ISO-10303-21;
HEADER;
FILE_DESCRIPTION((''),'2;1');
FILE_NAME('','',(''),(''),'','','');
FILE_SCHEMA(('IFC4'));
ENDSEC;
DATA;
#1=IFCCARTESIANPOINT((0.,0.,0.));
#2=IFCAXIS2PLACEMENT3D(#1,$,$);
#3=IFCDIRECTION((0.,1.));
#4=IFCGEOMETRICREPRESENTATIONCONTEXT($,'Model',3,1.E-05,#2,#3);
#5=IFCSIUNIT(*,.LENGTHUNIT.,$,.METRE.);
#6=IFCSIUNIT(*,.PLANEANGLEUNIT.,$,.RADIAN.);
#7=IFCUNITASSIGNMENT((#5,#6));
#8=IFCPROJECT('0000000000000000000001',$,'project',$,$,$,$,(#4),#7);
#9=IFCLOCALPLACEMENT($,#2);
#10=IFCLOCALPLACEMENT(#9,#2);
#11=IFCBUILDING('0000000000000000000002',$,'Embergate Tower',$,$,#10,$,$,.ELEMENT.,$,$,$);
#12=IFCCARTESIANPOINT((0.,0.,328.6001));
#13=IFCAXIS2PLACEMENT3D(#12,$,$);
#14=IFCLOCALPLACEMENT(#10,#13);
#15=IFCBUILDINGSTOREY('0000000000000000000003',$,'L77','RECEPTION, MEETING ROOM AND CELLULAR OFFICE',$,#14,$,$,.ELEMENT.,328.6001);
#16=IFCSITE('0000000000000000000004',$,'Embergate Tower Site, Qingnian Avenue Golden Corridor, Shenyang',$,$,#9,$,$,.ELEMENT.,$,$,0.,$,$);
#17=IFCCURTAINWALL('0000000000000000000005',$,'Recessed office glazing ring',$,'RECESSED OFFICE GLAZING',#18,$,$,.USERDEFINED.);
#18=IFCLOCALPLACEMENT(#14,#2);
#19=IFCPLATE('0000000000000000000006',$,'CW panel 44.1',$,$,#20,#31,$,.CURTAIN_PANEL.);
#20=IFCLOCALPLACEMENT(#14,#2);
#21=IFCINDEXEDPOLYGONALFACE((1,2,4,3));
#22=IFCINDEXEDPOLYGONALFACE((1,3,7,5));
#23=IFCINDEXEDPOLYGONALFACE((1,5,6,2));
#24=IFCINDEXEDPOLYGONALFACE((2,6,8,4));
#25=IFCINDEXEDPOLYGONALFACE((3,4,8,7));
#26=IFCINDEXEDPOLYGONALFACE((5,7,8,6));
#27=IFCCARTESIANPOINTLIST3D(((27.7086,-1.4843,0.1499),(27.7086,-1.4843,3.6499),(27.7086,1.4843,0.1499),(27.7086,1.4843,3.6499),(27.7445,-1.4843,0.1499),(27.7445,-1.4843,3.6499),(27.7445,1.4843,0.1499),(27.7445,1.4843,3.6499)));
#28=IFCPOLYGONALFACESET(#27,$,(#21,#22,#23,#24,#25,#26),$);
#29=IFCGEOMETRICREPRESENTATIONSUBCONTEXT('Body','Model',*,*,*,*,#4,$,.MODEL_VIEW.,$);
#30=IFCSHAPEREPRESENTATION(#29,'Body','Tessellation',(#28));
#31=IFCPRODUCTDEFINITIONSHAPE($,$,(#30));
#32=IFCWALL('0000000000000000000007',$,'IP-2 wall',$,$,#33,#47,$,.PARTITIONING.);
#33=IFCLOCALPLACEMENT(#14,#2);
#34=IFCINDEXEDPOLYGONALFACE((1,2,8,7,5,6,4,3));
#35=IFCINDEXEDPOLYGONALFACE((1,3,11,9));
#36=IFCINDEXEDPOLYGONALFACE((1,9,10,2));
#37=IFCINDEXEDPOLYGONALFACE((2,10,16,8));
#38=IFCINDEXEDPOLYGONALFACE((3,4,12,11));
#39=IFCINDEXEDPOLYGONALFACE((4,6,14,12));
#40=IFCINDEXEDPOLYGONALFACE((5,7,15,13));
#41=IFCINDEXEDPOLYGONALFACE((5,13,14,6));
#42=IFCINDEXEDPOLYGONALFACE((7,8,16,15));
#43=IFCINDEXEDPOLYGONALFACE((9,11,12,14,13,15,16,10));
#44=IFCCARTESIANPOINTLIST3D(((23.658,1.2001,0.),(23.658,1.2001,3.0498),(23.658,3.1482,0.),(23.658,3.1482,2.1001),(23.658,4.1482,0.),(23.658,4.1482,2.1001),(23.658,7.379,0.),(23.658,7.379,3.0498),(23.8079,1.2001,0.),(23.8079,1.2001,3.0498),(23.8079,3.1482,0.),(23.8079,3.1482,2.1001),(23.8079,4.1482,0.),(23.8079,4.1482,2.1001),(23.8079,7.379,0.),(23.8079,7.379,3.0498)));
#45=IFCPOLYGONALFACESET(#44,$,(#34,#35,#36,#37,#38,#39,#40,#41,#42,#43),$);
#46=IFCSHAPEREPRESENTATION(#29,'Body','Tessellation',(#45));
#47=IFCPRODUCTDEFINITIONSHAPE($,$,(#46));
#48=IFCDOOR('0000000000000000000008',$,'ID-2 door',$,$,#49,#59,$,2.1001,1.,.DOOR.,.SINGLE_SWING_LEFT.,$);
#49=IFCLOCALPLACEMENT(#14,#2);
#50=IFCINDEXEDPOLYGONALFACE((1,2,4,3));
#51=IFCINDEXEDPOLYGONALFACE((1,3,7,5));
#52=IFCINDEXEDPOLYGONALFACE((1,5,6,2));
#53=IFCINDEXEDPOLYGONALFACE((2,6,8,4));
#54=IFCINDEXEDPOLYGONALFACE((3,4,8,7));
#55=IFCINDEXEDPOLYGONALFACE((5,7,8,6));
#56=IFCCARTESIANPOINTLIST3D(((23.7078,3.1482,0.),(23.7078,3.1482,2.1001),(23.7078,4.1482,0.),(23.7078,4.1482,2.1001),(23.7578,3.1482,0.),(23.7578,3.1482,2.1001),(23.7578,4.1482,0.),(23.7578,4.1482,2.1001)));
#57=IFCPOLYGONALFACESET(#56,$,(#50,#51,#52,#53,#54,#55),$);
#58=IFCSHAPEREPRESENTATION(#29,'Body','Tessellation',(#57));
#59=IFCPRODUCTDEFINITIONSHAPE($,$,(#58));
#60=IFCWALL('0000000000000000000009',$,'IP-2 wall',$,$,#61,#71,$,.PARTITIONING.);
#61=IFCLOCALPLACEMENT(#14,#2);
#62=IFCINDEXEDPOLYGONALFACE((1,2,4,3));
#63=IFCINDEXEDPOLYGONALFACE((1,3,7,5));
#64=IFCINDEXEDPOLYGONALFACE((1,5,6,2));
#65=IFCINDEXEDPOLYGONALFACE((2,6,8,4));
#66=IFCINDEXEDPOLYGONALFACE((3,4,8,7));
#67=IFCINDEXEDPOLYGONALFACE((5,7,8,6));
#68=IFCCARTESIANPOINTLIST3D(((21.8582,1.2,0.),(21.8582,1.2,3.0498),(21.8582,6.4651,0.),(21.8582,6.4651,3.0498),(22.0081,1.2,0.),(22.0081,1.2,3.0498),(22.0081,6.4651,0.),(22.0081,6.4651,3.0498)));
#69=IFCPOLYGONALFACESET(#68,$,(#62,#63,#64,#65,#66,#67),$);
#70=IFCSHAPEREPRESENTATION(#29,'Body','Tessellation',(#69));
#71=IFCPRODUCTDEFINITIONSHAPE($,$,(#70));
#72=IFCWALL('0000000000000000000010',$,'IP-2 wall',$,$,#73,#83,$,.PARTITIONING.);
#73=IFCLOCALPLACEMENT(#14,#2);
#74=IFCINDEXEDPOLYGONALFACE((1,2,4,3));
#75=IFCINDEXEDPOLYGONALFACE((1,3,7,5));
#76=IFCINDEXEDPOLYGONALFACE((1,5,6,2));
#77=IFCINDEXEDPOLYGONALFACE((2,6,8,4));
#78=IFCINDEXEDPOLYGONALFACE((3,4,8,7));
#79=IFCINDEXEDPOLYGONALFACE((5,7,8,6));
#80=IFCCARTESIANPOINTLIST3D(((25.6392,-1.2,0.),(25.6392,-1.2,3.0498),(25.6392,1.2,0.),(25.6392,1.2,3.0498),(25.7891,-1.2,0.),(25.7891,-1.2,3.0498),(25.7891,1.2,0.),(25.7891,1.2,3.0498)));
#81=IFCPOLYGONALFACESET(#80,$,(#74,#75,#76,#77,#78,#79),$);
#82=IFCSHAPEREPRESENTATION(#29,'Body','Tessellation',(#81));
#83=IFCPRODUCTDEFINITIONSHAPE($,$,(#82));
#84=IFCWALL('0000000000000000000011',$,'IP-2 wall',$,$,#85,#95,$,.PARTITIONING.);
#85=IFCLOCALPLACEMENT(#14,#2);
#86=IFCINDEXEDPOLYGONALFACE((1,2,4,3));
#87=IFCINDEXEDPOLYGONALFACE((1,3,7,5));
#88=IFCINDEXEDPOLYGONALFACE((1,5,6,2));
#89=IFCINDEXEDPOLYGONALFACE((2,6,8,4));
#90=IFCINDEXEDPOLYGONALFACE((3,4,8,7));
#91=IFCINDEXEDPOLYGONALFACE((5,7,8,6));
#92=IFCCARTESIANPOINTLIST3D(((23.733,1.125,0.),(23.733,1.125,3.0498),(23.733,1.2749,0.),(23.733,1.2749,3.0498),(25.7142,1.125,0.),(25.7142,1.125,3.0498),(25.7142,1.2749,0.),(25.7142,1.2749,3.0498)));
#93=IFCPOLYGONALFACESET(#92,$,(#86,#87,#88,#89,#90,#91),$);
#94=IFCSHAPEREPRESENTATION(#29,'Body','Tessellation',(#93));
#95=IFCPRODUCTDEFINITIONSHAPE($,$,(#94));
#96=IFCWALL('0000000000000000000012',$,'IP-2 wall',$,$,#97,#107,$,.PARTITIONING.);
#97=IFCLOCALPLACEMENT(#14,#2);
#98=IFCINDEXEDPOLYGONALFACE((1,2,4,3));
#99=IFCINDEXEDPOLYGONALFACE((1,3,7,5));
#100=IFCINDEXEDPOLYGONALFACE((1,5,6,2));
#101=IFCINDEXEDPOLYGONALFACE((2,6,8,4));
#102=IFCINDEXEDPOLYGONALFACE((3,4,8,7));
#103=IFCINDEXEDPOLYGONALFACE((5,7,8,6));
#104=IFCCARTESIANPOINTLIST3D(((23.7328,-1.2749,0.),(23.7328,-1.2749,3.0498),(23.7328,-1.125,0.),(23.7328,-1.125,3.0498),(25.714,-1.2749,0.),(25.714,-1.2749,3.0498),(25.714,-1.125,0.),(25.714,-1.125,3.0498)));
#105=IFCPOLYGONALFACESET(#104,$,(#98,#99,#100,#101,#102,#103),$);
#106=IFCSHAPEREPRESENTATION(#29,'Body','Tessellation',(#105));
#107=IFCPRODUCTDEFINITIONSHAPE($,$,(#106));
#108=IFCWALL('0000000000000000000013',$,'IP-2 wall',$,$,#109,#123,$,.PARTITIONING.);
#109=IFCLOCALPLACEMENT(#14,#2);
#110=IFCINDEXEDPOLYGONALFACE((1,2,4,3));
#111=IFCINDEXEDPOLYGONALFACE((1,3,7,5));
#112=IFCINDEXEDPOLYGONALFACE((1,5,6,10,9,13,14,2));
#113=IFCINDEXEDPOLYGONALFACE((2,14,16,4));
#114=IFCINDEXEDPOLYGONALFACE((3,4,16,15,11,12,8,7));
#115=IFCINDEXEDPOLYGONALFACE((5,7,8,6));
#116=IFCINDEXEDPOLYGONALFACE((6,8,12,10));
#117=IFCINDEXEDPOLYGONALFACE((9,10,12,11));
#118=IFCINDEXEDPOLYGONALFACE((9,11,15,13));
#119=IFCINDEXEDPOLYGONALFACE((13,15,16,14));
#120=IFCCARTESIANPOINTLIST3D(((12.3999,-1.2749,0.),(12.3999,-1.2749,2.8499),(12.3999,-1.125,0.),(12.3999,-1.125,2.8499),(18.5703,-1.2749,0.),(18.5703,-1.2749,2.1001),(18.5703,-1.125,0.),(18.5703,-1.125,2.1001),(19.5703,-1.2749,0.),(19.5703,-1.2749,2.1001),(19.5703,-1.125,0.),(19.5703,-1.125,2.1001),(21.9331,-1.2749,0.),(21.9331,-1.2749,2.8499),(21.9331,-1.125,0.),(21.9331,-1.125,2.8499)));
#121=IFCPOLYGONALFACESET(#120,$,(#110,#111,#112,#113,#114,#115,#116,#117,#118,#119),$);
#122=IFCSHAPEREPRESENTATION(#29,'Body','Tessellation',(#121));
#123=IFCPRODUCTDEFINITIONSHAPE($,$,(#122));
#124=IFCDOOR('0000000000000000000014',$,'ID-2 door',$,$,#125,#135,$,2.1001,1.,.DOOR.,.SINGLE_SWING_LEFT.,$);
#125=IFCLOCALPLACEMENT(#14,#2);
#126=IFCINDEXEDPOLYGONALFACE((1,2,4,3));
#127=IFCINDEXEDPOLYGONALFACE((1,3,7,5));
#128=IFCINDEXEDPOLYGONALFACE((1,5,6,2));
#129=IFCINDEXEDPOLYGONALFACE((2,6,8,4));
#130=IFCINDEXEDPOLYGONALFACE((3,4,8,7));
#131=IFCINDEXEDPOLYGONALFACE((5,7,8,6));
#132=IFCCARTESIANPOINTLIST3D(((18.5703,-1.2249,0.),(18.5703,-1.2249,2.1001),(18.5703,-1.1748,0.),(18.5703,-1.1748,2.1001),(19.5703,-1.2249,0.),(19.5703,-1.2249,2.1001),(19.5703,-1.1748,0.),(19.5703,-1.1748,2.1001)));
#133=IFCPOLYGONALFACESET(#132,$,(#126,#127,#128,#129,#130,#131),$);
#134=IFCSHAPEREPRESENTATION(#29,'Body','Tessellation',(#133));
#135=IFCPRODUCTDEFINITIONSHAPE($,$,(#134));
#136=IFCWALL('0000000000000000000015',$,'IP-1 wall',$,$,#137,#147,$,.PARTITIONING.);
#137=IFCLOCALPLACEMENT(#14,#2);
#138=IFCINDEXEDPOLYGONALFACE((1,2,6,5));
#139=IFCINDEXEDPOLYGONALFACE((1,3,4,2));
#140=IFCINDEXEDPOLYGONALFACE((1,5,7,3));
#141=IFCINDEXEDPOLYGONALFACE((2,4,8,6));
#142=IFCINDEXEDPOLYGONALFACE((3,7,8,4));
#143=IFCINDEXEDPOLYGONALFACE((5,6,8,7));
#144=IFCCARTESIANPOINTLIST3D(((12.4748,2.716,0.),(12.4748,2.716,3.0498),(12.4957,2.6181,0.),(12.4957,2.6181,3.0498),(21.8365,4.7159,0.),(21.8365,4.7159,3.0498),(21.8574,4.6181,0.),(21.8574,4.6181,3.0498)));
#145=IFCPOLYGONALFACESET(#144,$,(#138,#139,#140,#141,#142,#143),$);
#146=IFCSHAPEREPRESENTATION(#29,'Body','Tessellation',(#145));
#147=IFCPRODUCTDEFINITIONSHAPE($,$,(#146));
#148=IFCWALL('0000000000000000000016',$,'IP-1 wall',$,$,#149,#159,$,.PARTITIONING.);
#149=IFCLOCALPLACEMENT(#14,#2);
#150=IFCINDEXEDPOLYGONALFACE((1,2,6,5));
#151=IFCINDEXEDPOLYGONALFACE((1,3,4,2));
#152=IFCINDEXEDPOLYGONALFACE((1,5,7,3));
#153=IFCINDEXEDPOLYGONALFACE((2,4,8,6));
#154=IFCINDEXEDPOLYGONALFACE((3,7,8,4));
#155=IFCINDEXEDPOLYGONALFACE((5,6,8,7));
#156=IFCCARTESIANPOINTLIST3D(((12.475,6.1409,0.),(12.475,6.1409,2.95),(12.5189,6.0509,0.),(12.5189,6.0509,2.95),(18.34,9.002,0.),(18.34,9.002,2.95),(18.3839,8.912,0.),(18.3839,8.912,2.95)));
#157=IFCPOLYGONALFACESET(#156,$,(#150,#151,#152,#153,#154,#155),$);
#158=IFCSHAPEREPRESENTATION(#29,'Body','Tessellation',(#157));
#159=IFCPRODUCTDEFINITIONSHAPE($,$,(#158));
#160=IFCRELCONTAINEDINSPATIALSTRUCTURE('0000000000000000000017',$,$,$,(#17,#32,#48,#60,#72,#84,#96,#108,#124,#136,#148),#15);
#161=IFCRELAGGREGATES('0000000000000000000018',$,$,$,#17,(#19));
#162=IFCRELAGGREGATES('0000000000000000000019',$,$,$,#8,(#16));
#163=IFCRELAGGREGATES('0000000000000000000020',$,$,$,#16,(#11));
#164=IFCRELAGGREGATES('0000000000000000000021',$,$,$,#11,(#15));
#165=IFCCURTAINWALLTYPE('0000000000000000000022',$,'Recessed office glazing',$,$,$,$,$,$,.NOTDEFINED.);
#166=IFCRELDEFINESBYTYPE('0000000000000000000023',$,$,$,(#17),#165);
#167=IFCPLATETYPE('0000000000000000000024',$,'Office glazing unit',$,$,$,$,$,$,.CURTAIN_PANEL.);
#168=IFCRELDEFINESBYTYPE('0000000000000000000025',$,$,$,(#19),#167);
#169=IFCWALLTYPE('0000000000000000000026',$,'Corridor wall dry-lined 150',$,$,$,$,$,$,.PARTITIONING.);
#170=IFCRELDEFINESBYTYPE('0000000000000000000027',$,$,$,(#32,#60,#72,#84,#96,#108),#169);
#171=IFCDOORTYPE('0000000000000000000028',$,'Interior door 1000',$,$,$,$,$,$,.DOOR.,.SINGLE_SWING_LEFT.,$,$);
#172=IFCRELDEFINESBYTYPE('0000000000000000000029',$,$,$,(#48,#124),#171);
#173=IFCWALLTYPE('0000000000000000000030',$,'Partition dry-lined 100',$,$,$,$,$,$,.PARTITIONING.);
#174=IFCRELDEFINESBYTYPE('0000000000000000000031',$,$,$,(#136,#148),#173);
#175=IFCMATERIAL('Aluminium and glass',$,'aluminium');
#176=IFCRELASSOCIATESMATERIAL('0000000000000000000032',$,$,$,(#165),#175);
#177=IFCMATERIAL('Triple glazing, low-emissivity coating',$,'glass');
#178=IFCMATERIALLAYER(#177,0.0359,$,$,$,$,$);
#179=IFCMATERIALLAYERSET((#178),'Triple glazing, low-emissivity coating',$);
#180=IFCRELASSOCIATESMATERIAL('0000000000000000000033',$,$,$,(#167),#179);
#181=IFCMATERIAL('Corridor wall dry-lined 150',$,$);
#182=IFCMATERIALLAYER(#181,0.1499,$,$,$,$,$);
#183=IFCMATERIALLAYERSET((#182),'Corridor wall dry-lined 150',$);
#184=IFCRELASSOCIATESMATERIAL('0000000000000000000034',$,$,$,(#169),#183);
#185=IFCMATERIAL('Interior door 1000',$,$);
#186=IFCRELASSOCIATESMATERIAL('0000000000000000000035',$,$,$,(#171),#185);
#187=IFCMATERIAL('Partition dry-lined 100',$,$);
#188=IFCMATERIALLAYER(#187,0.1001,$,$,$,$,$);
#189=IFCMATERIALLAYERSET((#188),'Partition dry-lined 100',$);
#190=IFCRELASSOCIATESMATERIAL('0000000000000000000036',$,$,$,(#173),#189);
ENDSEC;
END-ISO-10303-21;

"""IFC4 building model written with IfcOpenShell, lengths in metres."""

from ifc_helpers import new_model, si_unit, direction, frame, frame_2d, origin, origin_2d, place, context, subcontext, project, spatial, rectangle, extrude, source, transform, mapped, material, layer, layer_set, type_object, element, fill, aggregate, save


model = new_model("IFC4")

# Units and contexts
model_context = context("Model", 3, precision=1e-05, world=origin(), true_north=direction((0.0, 1.0)))
body_context = subcontext(model_context, "Body", "Model", "MODEL_VIEW")
ifc_project = project(units=[si_unit("LENGTHUNIT", "METRE"), si_unit("PLANEANGLEUNIT", "RADIAN")], contexts=[model_context])

# Site, building, storey
site_placement = place(None, origin())
site = spatial("IfcSite", under=ifc_project, at=site_placement, Name="Embergate Tower Site, Qingnian Avenue Golden Corridor, Shenyang", CompositionType="ELEMENT", RefElevation=0.0)
building_placement = place(site_placement, origin())
building = spatial("IfcBuilding", under=site, at=building_placement, Name="Embergate Tower", CompositionType="ELEMENT")
storey_placement = place(building_placement, frame((0.0, 0.0, 328.6001)))
storey = spatial("IfcBuildingStorey", under=building, at=storey_placement, Name="L77", Description="RECEPTION, MEETING ROOM AND CELLULAR OFFICE", CompositionType="ELEMENT", Elevation=328.6001)

# Curtain wall, plate
ifc_material_1 = material(Name="Aluminium and glass", Category="aluminium")
curtain_wall_type = type_object("IfcCurtainWallType", Name="Recessed office glazing", PredefinedType="NOTDEFINED", material=ifc_material_1)
curtain_wall_placement = place(storey_placement, origin())
curtain_wall = element("IfcCurtainWall", 1, at=curtain_wall_placement, inside=storey, type_object=curtain_wall_type, Name="Recessed office glazing ring", ObjectType="RECESSED OFFICE GLAZING", PredefinedType="USERDEFINED")
ifc_material_2 = material(Name="Triple glazing, low-emissivity coating", Category="glass")
ifc_layer_1 = layer(ifc_material_2, 0.0359)
ifc_layer_set_1 = layer_set([ifc_layer_1], Name="Triple glazing, low-emissivity coating")
plate_type = type_object("IfcPlateType", Name="Office glazing unit", PredefinedType="CURTAIN_PANEL", material=ifc_layer_set_1)
shared_shape_1 = source(origin(), body_context, "Body", "SweptSolid", [
    extrude(rectangle(XDim=2.9685, YDim=0.0359, at=origin_2d()), origin(), (0.0, 0.0, 1.0), 3.5),
])
plate_1_placement = place(storey_placement, frame((27.7266, 0.0, 0.1499), z_axis=(0.0, 0.0, 1.0), x_axis=(0.0, 1.0, 0.0)))
plate_1 = element("IfcPlate", 2, at=plate_1_placement, type_object=plate_type, Name="CW panel 44.1", PredefinedType="CURTAIN_PANEL", context=body_context, shape_type="MappedRepresentation", body=[
    mapped(shared_shape_1, transform((0.0, 0.0, 0.0))),
])
aggregate(curtain_wall, [plate_1])

# Wall, opening, door
ifc_material_3 = material(Name="Corridor wall dry-lined 150")
ifc_layer_2 = layer(ifc_material_3, 0.1499)
ifc_layer_set_2 = layer_set([ifc_layer_2], Name="Corridor wall dry-lined 150")
wall_type_1 = type_object("IfcWallType", Name="Corridor wall dry-lined 150", PredefinedType="PARTITIONING", material=ifc_layer_set_2)
shared_shape_2 = source(origin(), body_context, "Body", "SweptSolid", [
    extrude(rectangle(XDim=6.179, YDim=0.1499, at=frame_2d((3.0894, 0.0))), origin(), (0.0, 0.0, 1.0), 3.0498),
])
wall_1_placement = place(storey_placement, frame((23.7329, 7.3789, 0.0), z_axis=(0.0, 0.0, 1.0), x_axis=(0.0, -1.0, 0.0)))
wall_1 = element("IfcWall", 3, at=wall_1_placement, inside=storey, type_object=wall_type_1, Name="IP-2 wall", PredefinedType="PARTITIONING", context=body_context, shape_type="MappedRepresentation", body=[
    mapped(shared_shape_2, transform((0.0, 0.0, 0.0))),
])
shared_shape_3 = source(origin(), body_context, "Body", "SweptSolid", [
    extrude(rectangle(XDim=1.0, YDim=2.1001, at=frame_2d((0.5, 1.05))), frame((0.0, 0.085, 0.0), z_axis=(0.0, -1.0, 0.0), x_axis=(1.0, 0.0, 0.0)), (0.0, 0.0, 1.0), 0.1699),
])
opening_1_placement = place(wall_1_placement, frame((3.2307, 0.0, 0.0)))
opening_1 = element("IfcOpeningElement", 4, at=opening_1_placement, cuts=wall_1, PredefinedType="OPENING", context=body_context, shape_type="MappedRepresentation", body=[
    mapped(shared_shape_3, transform((0.0, 0.0, 0.0))),
])
ifc_material_4 = material(Name="Interior door 1000")
door_type = type_object("IfcDoorType", Name="Interior door 1000", OperationType="SINGLE_SWING_LEFT", PredefinedType="DOOR", material=ifc_material_4)
shared_shape_4 = source(origin(), body_context, "Body", "SweptSolid", [
    extrude(rectangle(XDim=1.0, YDim=2.1001, at=frame_2d((0.5, 1.05))), frame((0.0, 0.0249, 0.0), z_axis=(0.0, -1.0, 0.0), x_axis=(1.0, 0.0, 0.0)), (0.0, 0.0, 1.0), 0.05),
])
door_1_placement = place(opening_1_placement, origin())
door_1 = element("IfcDoor", 5, at=door_1_placement, inside=storey, type_object=door_type, Name="ID-2 door", OperationType="SINGLE_SWING_LEFT", OverallHeight=2.1001, OverallWidth=1.0, PredefinedType="DOOR", context=body_context, shape_type="MappedRepresentation", body=[
    mapped(shared_shape_4, transform((0.0, 0.0, 0.0))),
])
fill(opening_1, door_1)

# Walls
shared_shape_5 = source(origin(), body_context, "Body", "SweptSolid", [
    extrude(rectangle(XDim=5.2651, YDim=0.1499, at=frame_2d((2.6326, 0.0))), origin(), (0.0, 0.0, 1.0), 3.0498),
])
wall_2_placement = place(storey_placement, frame((21.9331, 1.2, 0.0), z_axis=(0.0, 0.0, 1.0), x_axis=(0.0, 1.0, 0.0)))
element("IfcWall", 6, at=wall_2_placement, inside=storey, type_object=wall_type_1, Name="IP-2 wall", PredefinedType="PARTITIONING", context=body_context, shape_type="MappedRepresentation", body=[
    mapped(shared_shape_5, transform((0.0, 0.0, 0.0))),
])
shared_shape_6 = source(origin(), body_context, "Body", "SweptSolid", [
    extrude(rectangle(XDim=2.3999, YDim=0.1499, at=frame_2d((1.2, 0.0))), origin(), (0.0, 0.0, 1.0), 3.0498),
])
wall_3_placement = place(storey_placement, frame((25.7141, 1.2, 0.0), z_axis=(0.0, 0.0, 1.0), x_axis=(0.0, -1.0, 0.0)))
element("IfcWall", 7, at=wall_3_placement, inside=storey, type_object=wall_type_1, Name="IP-2 wall", PredefinedType="PARTITIONING", context=body_context, shape_type="MappedRepresentation", body=[
    mapped(shared_shape_6, transform((0.0, 0.0, 0.0))),
])
shared_shape_7 = source(origin(), body_context, "Body", "SweptSolid", [
    extrude(rectangle(XDim=1.9812, YDim=0.1499, at=frame_2d((0.9907, 0.0))), origin(), (0.0, 0.0, 1.0), 3.0498),
])
for number, where, z_axis, x_axis, name in (
    (8, (23.7329, 1.2, 0.0), (0.0, 0.0, 1.0), (1.0, 0.0, 0.0), "IP-2 wall"),
    (9, (25.7141, -1.2, 0.0), (0.0, 0.0, 1.0), (-1.0, 0.0, 0.0), "IP-2 wall"),
):
    element("IfcWall", number, at=place(storey_placement, frame(where, z_axis=z_axis, x_axis=x_axis)), inside=storey, type_object=wall_type_1, Name=name, PredefinedType="PARTITIONING", context=body_context, shape_type="MappedRepresentation", body=[
        mapped(shared_shape_7, transform((0.0, 0.0, 0.0))),
    ])

# Wall, opening, door
shared_shape_8 = source(origin(), body_context, "Body", "SweptSolid", [
    extrude(rectangle(XDim=9.5332, YDim=0.1499, at=frame_2d((4.7666, 0.0))), origin(), (0.0, 0.0, 1.0), 2.8499),
])
wall_4_placement = place(storey_placement, frame((21.9331, -1.2, 0.0), z_axis=(0.0, 0.0, 1.0), x_axis=(-1.0, 0.0, 0.0)))
wall_4 = element("IfcWall", 10, at=wall_4_placement, inside=storey, type_object=wall_type_1, Name="IP-2 wall", PredefinedType="PARTITIONING", context=body_context, shape_type="MappedRepresentation", body=[
    mapped(shared_shape_8, transform((0.0, 0.0, 0.0))),
])
opening_2_placement = place(wall_4_placement, frame((2.3628, 0.0, 0.0)))
opening_2 = element("IfcOpeningElement", 11, at=opening_2_placement, cuts=wall_4, PredefinedType="OPENING", context=body_context, shape_type="MappedRepresentation", body=[
    mapped(shared_shape_3, transform((0.0, 0.0, 0.0))),
])
door_2_placement = place(opening_2_placement, origin())
door_2 = element("IfcDoor", 12, at=door_2_placement, inside=storey, type_object=door_type, Name="ID-2 door", OperationType="SINGLE_SWING_LEFT", OverallHeight=2.1001, OverallWidth=1.0, PredefinedType="DOOR", context=body_context, shape_type="MappedRepresentation", body=[
    mapped(shared_shape_4, transform((0.0, 0.0, 0.0))),
])
fill(opening_2, door_2)

# Walls
ifc_material_5 = material(Name="Partition dry-lined 100")
ifc_layer_3 = layer(ifc_material_5, 0.1001)
ifc_layer_set_3 = layer_set([ifc_layer_3], Name="Partition dry-lined 100")
wall_type_2 = type_object("IfcWallType", Name="Partition dry-lined 100", PredefinedType="PARTITIONING", material=ifc_layer_set_3)
shared_shape_9 = source(origin(), body_context, "Body", "SweptSolid", [
    extrude(rectangle(XDim=9.573, YDim=0.1001, at=frame_2d((4.7866, 0.0))), origin(), (0.0, 0.0, 1.0), 3.0498),
])
wall_5_placement = place(storey_placement, frame((12.4851, 2.667, 0.0), z_axis=(0.0, 0.0, 1.0), x_axis=(0.977933, 0.208919, 0.0)))
element("IfcWall", 13, at=wall_5_placement, inside=storey, type_object=wall_type_2, Name="IP-1 wall", PredefinedType="PARTITIONING", context=body_context, shape_type="MappedRepresentation", body=[
    mapped(shared_shape_9, transform((0.0, 0.0, 0.0))),
])
shared_shape_10 = source(origin(), body_context, "Body", "SweptSolid", [
    extrude(rectangle(XDim=6.5256, YDim=0.1001, at=frame_2d((3.2627, 0.0))), origin(), (0.0, 0.0, 1.0), 2.95),
])
wall_6_placement = place(storey_placement, frame((12.4971, 6.0959, 0.0), z_axis=(0.0, 0.0, 1.0), x_axis=(0.898762, 0.438438, 0.0)))
element("IfcWall", 14, at=wall_6_placement, inside=storey, type_object=wall_type_2, Name="IP-1 wall", PredefinedType="PARTITIONING", context=body_context, shape_type="MappedRepresentation", body=[
    mapped(shared_shape_10, transform((0.0, 0.0, 0.0))),
])

save(model, "model.ifc")
